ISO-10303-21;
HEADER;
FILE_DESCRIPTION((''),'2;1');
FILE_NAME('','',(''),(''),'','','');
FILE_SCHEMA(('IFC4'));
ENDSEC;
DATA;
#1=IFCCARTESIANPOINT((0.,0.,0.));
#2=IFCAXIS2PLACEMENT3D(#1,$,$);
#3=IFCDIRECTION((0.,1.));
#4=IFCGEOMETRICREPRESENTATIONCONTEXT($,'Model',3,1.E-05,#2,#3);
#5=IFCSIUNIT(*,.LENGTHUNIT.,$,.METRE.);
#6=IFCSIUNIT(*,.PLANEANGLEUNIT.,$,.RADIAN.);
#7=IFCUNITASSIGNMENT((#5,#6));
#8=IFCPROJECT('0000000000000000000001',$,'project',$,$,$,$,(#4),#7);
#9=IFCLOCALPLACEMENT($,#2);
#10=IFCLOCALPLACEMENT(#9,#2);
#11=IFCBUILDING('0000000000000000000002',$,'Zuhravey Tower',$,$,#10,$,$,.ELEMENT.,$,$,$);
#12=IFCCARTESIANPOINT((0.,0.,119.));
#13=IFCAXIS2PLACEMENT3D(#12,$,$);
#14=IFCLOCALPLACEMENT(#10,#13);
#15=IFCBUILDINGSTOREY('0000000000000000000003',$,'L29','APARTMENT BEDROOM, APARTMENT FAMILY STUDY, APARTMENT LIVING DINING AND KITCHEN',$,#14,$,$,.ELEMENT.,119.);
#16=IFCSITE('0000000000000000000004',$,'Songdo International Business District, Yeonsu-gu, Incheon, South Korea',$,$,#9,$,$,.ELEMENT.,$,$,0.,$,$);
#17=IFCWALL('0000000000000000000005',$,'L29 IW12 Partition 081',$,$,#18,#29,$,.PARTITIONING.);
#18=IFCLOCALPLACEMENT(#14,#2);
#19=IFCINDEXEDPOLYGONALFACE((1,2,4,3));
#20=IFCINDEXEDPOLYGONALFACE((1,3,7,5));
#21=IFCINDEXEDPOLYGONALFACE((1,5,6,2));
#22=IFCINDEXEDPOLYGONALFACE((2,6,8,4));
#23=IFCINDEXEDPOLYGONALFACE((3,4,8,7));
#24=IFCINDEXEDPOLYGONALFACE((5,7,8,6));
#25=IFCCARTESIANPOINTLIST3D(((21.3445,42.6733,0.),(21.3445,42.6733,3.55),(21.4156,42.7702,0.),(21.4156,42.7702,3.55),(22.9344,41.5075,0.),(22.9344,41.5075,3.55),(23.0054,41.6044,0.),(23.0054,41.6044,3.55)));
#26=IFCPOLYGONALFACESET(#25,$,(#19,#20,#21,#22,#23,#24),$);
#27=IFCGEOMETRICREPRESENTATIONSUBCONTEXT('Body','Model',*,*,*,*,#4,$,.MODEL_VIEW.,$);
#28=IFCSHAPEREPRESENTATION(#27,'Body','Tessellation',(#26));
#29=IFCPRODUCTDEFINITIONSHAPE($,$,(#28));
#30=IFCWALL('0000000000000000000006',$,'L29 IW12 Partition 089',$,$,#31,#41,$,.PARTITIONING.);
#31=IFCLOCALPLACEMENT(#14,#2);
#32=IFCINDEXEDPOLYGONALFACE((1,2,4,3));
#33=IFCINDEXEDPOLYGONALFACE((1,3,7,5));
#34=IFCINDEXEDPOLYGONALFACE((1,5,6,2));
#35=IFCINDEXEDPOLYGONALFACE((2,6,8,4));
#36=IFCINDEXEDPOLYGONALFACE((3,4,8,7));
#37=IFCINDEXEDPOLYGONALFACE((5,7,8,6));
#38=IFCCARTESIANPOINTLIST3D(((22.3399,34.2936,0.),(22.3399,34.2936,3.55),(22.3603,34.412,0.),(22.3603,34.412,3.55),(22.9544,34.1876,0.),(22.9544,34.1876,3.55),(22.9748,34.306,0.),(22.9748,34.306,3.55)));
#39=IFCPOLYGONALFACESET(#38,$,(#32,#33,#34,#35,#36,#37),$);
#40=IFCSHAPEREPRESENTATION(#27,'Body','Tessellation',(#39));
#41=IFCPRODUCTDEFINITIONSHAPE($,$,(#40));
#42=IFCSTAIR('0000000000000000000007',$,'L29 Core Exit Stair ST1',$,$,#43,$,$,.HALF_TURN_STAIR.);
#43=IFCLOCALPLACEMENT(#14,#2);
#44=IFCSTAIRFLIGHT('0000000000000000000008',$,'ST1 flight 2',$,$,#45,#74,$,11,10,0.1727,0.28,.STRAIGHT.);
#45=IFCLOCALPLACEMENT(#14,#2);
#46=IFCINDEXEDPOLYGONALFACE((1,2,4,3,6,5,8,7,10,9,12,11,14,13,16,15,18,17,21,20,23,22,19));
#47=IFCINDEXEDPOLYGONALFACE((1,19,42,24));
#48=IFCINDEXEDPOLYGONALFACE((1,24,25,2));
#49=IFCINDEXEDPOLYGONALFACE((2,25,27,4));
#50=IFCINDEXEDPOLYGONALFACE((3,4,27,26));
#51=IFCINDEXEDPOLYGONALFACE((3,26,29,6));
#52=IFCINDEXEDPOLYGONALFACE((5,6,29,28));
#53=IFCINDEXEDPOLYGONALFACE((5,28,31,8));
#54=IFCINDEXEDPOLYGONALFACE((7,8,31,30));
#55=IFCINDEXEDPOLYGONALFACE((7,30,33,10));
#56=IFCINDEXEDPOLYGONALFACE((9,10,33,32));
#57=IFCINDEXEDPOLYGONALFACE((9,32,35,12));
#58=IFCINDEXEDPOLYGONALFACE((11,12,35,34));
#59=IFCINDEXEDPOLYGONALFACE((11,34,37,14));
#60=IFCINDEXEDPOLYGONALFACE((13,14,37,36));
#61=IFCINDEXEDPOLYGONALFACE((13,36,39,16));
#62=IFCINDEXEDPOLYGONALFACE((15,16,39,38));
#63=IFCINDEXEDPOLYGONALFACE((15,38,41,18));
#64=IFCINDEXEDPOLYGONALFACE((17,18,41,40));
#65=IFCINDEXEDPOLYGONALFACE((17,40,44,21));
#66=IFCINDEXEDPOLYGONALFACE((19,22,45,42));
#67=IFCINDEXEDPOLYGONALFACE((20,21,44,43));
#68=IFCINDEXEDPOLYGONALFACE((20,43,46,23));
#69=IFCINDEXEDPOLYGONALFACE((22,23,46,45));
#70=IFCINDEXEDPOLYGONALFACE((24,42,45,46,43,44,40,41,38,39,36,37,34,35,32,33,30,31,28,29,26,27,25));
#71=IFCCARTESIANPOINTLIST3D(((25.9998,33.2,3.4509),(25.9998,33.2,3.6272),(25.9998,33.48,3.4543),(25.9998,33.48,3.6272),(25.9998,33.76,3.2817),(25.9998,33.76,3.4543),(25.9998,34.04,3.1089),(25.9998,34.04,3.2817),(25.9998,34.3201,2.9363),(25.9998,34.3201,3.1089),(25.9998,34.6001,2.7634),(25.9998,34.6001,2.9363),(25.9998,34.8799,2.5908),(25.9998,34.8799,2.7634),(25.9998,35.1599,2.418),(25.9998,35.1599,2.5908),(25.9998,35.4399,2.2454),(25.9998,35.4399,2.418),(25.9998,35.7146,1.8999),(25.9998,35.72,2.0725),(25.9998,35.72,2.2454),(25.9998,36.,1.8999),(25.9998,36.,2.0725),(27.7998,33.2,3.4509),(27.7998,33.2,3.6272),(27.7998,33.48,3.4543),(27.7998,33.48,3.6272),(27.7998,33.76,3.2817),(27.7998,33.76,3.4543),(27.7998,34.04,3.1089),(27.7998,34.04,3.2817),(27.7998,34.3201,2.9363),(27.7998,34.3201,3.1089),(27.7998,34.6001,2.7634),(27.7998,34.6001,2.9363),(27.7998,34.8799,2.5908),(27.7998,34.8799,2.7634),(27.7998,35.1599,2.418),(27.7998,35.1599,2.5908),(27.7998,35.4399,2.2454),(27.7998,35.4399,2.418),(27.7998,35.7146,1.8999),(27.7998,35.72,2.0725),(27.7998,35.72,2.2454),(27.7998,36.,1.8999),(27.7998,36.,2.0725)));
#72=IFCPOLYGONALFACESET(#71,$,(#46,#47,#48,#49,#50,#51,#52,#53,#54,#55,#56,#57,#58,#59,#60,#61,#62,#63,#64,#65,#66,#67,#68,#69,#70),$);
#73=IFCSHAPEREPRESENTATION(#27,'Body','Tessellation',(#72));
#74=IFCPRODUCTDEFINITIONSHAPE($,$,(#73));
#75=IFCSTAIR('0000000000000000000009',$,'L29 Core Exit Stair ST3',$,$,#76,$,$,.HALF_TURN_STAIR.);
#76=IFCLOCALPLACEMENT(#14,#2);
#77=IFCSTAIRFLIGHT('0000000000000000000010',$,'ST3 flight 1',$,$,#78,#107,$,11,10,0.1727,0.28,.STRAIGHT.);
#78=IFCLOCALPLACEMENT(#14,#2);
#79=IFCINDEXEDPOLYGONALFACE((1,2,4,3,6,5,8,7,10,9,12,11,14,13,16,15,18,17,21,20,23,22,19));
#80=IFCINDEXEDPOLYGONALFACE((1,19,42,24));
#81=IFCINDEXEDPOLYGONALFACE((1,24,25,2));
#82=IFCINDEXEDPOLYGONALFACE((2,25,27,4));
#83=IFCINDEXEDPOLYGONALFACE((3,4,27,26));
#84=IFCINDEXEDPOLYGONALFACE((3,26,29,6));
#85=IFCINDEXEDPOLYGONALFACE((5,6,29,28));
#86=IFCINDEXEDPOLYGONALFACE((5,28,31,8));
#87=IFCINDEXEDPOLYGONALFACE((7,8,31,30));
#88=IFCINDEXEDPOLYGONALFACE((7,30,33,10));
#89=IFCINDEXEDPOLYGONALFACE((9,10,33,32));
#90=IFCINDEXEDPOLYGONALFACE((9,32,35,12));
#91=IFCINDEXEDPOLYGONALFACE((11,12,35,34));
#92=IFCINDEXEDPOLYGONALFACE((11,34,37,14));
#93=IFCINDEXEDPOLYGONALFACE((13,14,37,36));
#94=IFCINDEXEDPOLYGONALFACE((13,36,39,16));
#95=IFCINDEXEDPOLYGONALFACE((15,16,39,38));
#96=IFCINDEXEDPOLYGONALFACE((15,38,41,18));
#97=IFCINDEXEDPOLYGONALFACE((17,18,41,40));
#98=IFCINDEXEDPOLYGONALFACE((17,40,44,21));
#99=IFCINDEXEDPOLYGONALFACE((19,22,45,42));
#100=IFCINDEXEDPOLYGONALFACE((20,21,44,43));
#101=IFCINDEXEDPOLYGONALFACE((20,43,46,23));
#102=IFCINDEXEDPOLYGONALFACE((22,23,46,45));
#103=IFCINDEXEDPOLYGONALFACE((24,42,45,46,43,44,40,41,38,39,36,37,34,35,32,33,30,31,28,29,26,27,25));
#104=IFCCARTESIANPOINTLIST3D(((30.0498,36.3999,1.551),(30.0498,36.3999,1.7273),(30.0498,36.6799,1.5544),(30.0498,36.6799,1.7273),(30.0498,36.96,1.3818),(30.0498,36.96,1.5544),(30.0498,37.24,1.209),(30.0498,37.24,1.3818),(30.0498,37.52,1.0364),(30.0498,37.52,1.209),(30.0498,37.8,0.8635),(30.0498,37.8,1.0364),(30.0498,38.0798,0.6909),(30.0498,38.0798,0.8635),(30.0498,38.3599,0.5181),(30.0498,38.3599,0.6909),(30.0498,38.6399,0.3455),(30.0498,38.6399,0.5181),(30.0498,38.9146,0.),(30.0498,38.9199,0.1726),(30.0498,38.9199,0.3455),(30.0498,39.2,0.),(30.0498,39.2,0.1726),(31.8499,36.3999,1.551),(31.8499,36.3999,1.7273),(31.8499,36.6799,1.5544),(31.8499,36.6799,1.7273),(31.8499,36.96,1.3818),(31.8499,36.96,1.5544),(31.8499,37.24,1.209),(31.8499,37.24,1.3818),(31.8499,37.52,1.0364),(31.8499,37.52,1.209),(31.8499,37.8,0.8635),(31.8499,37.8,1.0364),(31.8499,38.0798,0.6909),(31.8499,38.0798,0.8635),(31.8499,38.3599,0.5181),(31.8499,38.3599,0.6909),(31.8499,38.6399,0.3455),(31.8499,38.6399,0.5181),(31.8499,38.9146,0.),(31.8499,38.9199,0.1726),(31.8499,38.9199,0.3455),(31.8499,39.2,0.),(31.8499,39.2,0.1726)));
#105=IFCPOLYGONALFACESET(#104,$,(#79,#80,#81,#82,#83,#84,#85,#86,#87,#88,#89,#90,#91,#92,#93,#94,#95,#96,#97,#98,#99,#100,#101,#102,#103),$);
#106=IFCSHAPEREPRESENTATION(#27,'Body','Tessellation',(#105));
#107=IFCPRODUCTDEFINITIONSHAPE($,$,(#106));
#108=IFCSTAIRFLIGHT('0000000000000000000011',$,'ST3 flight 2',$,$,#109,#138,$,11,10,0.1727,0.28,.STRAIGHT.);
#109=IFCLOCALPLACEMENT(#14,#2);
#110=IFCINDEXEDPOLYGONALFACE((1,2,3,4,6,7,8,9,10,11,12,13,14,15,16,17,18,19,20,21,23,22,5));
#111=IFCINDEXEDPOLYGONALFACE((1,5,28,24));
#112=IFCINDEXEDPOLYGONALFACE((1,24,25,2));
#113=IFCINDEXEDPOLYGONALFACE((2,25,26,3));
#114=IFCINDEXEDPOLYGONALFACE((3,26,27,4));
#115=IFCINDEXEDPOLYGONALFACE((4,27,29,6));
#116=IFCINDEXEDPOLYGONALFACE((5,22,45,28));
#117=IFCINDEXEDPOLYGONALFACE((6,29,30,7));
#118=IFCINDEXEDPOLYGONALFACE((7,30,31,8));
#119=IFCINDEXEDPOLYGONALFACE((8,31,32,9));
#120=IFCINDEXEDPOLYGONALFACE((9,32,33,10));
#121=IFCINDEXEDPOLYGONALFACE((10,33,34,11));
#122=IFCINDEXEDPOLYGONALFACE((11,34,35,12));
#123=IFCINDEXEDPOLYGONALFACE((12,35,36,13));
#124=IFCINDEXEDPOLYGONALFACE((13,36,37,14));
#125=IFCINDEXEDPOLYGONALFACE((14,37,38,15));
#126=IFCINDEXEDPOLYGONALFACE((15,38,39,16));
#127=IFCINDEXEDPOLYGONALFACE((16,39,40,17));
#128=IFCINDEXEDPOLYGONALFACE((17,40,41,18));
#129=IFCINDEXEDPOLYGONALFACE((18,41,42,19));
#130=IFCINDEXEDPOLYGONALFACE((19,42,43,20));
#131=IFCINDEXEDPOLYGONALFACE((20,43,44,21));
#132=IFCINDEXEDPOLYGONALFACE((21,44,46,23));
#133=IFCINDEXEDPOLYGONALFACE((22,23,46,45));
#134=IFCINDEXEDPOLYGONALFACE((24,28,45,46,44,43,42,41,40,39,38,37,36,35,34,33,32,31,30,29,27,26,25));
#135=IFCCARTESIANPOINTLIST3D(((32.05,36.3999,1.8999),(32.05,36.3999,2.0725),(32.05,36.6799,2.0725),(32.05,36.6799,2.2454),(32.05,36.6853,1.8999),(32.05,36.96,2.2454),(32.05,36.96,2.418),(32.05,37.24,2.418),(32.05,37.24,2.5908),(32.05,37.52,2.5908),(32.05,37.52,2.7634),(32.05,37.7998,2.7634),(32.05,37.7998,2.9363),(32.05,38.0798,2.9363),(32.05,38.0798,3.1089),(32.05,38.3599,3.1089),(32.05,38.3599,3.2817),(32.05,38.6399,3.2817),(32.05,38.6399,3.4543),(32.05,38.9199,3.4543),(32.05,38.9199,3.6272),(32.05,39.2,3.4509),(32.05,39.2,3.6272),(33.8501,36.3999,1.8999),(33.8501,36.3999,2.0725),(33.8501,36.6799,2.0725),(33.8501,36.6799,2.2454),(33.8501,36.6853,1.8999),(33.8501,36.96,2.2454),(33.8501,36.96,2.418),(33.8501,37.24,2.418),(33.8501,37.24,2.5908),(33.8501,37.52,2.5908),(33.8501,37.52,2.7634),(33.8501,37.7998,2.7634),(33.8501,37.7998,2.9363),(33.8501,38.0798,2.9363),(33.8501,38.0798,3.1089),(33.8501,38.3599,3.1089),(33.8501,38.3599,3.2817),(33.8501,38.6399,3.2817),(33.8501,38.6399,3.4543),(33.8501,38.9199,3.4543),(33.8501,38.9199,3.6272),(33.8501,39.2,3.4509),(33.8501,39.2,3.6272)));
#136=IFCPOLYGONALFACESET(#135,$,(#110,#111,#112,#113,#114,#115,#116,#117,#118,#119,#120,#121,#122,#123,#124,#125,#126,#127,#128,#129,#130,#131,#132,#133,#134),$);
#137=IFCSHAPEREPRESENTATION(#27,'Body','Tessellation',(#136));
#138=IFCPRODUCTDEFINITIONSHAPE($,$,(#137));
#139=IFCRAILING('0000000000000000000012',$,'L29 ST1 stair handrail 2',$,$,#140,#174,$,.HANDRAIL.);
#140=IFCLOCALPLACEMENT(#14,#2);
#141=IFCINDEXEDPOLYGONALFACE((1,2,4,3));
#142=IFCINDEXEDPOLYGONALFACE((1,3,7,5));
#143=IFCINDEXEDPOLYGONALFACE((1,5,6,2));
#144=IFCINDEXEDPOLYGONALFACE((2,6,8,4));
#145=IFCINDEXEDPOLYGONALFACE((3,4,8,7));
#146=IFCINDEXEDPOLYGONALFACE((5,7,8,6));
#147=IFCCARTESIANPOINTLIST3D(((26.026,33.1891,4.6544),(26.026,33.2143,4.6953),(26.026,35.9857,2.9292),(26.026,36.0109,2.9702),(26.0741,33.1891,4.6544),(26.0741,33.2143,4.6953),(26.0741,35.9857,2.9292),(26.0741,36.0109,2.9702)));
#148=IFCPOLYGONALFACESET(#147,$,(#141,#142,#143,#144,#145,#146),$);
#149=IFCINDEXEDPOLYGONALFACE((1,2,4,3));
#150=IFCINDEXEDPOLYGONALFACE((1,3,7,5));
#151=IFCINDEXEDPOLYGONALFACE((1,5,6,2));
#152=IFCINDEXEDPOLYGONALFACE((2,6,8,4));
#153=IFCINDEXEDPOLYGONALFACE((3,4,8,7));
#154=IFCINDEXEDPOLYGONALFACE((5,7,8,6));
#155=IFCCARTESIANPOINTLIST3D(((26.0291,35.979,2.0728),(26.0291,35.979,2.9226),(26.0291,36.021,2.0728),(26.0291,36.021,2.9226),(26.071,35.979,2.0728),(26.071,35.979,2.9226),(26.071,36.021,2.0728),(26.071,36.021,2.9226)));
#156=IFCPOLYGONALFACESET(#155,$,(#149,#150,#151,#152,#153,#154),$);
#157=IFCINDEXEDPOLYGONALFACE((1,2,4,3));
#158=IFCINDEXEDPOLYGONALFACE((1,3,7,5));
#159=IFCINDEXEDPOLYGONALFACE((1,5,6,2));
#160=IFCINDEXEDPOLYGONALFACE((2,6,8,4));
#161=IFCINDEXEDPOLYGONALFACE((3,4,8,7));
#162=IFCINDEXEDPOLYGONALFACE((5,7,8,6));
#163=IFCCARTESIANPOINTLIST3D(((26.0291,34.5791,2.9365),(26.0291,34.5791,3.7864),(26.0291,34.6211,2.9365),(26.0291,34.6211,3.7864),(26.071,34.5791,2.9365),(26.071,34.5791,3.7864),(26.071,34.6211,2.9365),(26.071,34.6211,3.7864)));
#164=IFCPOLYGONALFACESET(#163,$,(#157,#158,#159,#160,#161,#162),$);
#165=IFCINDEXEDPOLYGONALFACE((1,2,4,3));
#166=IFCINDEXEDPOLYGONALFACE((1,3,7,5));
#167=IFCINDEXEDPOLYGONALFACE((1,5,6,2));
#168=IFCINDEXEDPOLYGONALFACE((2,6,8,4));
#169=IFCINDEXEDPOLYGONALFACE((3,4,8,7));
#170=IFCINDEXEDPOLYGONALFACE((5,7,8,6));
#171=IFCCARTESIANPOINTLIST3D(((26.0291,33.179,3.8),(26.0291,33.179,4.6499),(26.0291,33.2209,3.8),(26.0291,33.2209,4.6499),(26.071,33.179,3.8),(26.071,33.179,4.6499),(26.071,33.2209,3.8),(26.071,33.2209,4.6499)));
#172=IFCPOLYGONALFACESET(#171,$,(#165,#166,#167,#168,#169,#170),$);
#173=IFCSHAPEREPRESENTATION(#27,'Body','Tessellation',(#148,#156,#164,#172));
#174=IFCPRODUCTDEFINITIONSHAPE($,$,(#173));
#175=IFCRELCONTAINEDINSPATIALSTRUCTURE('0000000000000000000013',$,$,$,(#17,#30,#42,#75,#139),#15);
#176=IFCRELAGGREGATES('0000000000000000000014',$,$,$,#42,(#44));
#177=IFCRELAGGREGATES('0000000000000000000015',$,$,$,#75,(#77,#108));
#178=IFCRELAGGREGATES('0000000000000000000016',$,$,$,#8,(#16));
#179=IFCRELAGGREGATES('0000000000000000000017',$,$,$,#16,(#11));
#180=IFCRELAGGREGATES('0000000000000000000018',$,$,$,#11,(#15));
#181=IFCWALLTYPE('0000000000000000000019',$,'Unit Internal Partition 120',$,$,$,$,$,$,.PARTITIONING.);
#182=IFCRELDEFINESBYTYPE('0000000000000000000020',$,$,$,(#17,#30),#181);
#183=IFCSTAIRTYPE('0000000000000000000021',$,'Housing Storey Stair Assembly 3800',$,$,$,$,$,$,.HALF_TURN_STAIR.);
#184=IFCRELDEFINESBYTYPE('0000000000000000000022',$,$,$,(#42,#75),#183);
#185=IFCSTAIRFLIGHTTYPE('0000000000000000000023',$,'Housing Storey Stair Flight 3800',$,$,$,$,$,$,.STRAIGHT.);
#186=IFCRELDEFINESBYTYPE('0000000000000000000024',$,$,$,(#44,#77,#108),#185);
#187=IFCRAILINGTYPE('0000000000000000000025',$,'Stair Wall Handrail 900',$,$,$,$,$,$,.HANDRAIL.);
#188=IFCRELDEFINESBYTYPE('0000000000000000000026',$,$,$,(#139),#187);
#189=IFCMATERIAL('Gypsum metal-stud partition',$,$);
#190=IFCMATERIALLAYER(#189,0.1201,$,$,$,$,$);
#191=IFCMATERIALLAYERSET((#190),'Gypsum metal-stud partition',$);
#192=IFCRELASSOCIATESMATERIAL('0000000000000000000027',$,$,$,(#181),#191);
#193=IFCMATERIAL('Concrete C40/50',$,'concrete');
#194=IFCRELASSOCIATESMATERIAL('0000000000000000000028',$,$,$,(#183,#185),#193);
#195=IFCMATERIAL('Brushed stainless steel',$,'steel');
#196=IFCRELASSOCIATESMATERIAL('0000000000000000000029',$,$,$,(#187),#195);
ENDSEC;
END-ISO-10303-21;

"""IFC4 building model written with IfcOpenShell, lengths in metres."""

from ifc_helpers import new_model, si_unit, direction, frame, frame_2d, origin, origin_2d, place, context, subcontext, project, spatial, polyline, rectangle, outline, extrude, material, layer, layer_set, type_object, element, aggregate, save


model = new_model("IFC4")

# Units and contexts
model_context = context("Model", 3, precision=1e-05, world=origin(), true_north=direction((0.0, 1.0)))
body_context = subcontext(model_context, "Body", "Model", "MODEL_VIEW")
ifc_project = project(units=[si_unit("LENGTHUNIT", "METRE"), si_unit("PLANEANGLEUNIT", "RADIAN")], contexts=[model_context])

# Site, building, storey
site_placement = place(None, origin())
site = spatial("IfcSite", under=ifc_project, at=site_placement, Name="Songdo International Business District, Yeonsu-gu, Incheon, South Korea", CompositionType="ELEMENT", RefElevation=0.0)
building_placement = place(site_placement, origin())
building = spatial("IfcBuilding", under=site, at=building_placement, Name="Zuhravey Tower", CompositionType="ELEMENT")
storey_placement = place(building_placement, frame((0.0, 0.0, 119.0)))
storey = spatial("IfcBuildingStorey", under=building, at=storey_placement, Name="L29", Description="APARTMENT BEDROOM, APARTMENT FAMILY STUDY, APARTMENT LIVING DINING AND KITCHEN", CompositionType="ELEMENT", Elevation=119.0)

# Walls
ifc_material_1 = material(Name="Gypsum metal-stud partition")
ifc_layer_1 = layer(ifc_material_1, 0.1201)
ifc_layer_set_1 = layer_set([ifc_layer_1], Name="Gypsum metal-stud partition")
wall_type_1 = type_object("IfcWallType", Name="Unit Internal Partition 120", PredefinedType="PARTITIONING", material=ifc_layer_set_1)
wall_1_placement = place(storey_placement, frame((22.97, 41.5559, 0.0), z_axis=(0.0, 0.0, 1.0), x_axis=(-0.806433, 0.591326, 0.0)))
element("IfcWall", 1, at=wall_1_placement, inside=storey, type_object=wall_type_1, Name="L29 IW12 Partition 081", PredefinedType="PARTITIONING", context=body_context, shape_type="SweptSolid", body=[
    extrude(rectangle(XDim=1.9714, YDim=0.1201, at=frame_2d((0.9858, 0.0))), origin(), (0.0, 0.0, 1.0), 3.55),
])
wall_2_placement = place(storey_placement, frame((22.9646, 34.2468, 0.0), z_axis=(0.0, 0.0, 1.0), x_axis=(-0.985458, 0.16992, 0.0)))
element("IfcWall", 2, at=wall_2_placement, inside=storey, type_object=wall_type_1, Name="L29 IW12 Partition 089", PredefinedType="PARTITIONING", context=body_context, shape_type="SweptSolid", body=[
    extrude(rectangle(XDim=0.6235, YDim=0.1201, at=frame_2d((0.3118, 0.0))), origin(), (0.0, 0.0, 1.0), 3.55),
])

# Stair, stair flight
ifc_material_2 = material(Name="Concrete C40/50", Category="concrete")
stair_type = type_object("IfcStairType", Name="Housing Storey Stair Assembly 3800", PredefinedType="HALF_TURN_STAIR", material=ifc_material_2)
stair_1_placement = place(storey_placement, origin())
stair_1 = element("IfcStair", 3, at=stair_1_placement, inside=storey, type_object=stair_type, Name="L29 Core Exit Stair ST1", PredefinedType="HALF_TURN_STAIR")
stair_flight_type = type_object("IfcStairFlightType", Name="Housing Storey Stair Flight 3800", PredefinedType="STRAIGHT", material=ifc_material_2)
stair_flight_1_placement = place(storey_placement, frame((26.8999, 36.0, 1.8999), z_axis=(0.0, 0.0, 1.0), x_axis=(0.0, -1.0, 0.0)))
stair_flight_1 = element("IfcStairFlight", 4, at=stair_flight_1_placement, type_object=stair_flight_type, Name="ST1 flight 2", NumberOfRisers=11, NumberOfTreads=10, PredefinedType="STRAIGHT", RiserHeight=0.1727, TreadLength=0.28, context=body_context, shape_type="SweptSolid", body=[
    extrude(outline(polyline([(0.0, 0.0), (0.0, 0.1726), (0.28, 0.1726), (0.28, 0.3455), (0.5601, 0.3455), (0.5601, 0.5181), (0.8401, 0.5181), (0.8401, 0.6909), (1.1201, 0.6909), (1.1201, 0.8635), (1.3999, 0.8635), (1.3999, 1.0364), (1.6799, 1.0364), (1.6799, 1.209), (1.96, 1.209), (1.96, 1.3818), (2.24, 1.3818), (2.24, 1.5544), (2.52, 1.5544), (2.52, 1.7273), (2.8, 1.7273), (2.8, 1.8999), (2.8, 1.551), (0.2854, 0.0), (0.0, 0.0)])), frame((0.0, 0.8999, 0.0), z_axis=(0.0, -1.0, 0.0), x_axis=(1.0, 0.0, 0.0)), (0.0, 0.0, 1.0), 1.8),
])
aggregate(stair_1, [stair_flight_1])

# Stair, stair flights
stair_2_placement = place(storey_placement, origin())
stair_2 = element("IfcStair", 5, at=stair_2_placement, inside=storey, type_object=stair_type, Name="L29 Core Exit Stair ST3", PredefinedType="HALF_TURN_STAIR")
stair_flight_2_placement = place(storey_placement, frame((30.95, 39.2, 0.0), z_axis=(0.0, 0.0, 1.0), x_axis=(0.0, -1.0, 0.0)))
stair_flight_2 = element("IfcStairFlight", 6, at=stair_flight_2_placement, type_object=stair_flight_type, Name="ST3 flight 1", NumberOfRisers=11, NumberOfTreads=10, PredefinedType="STRAIGHT", RiserHeight=0.1727, TreadLength=0.28, context=body_context, shape_type="SweptSolid", body=[
    extrude(outline(polyline([(0.0, 0.0), (0.0, 0.1726), (0.28, 0.1726), (0.28, 0.3455), (0.5601, 0.3455), (0.5601, 0.5181), (0.8401, 0.5181), (0.8401, 0.6909), (1.1201, 0.6909), (1.1201, 0.8635), (1.3999, 0.8635), (1.3999, 1.0364), (1.6799, 1.0364), (1.6799, 1.209), (1.96, 1.209), (1.96, 1.3818), (2.24, 1.3818), (2.24, 1.5544), (2.52, 1.5544), (2.52, 1.7273), (2.8, 1.7273), (2.8, 1.8999), (2.8, 1.551), (0.2854, 0.0), (0.0, 0.0)])), frame((0.0, 0.8999, 0.0), z_axis=(0.0, -1.0, 0.0), x_axis=(1.0, 0.0, 0.0)), (0.0, 0.0, 1.0), 1.8),
])
stair_flight_3_placement = place(storey_placement, frame((32.95, 36.3999, 1.8999), z_axis=(0.0, 0.0, 1.0), x_axis=(0.0, 1.0, 0.0)))
stair_flight_3 = element("IfcStairFlight", 7, at=stair_flight_3_placement, type_object=stair_flight_type, Name="ST3 flight 2", NumberOfRisers=11, NumberOfTreads=10, PredefinedType="STRAIGHT", RiserHeight=0.1727, TreadLength=0.28, context=body_context, shape_type="SweptSolid", body=[
    extrude(outline(polyline([(0.0, 0.0), (0.0, 0.1726), (0.28, 0.1726), (0.28, 0.3455), (0.5601, 0.3455), (0.5601, 0.5181), (0.8401, 0.5181), (0.8401, 0.6909), (1.1201, 0.6909), (1.1201, 0.8635), (1.3999, 0.8635), (1.3999, 1.0364), (1.6799, 1.0364), (1.6799, 1.209), (1.96, 1.209), (1.96, 1.3818), (2.24, 1.3818), (2.24, 1.5544), (2.52, 1.5544), (2.52, 1.7273), (2.8, 1.7273), (2.8, 1.8999), (2.8, 1.551), (0.2854, 0.0), (0.0, 0.0)])), frame((0.0, 0.8999, 0.0), z_axis=(0.0, -1.0, 0.0), x_axis=(1.0, 0.0, 0.0)), (0.0, 0.0, 1.0), 1.8),
])
aggregate(stair_2, [stair_flight_2, stair_flight_3])

# Railing
ifc_material_3 = material(Name="Brushed stainless steel", Category="steel")
railing_type_1 = type_object("IfcRailingType", Name="Stair Wall Handrail 900", PredefinedType="HANDRAIL", material=ifc_material_3)
for number, where, name in (
    (8, (26.05, 36.0, 2.0728), "L29 ST1 stair handrail 2"),
):
    element("IfcRailing", number, at=place(storey_placement, frame(where)), inside=storey, type_object=railing_type_1, Name=name, PredefinedType="HANDRAIL", context=body_context, shape_type="SweptSolid", body=[
        extrude(rectangle(XDim=0.0481, YDim=0.0481, at=origin_2d()), frame((0.0, -0.0017, 0.877), z_axis=(0.0, -0.85109, 0.52502), x_axis=(1.0, 0.0, 0.0)), (0.0, 0.0, 1.0), 3.2859),
        extrude(rectangle(XDim=0.042, YDim=0.042, at=origin_2d()), origin(), (0.0, 0.0, 1.0), 0.8499),
        extrude(rectangle(XDim=0.042, YDim=0.042, at=origin_2d()), frame((0.0, -1.3999, 0.8638)), (0.0, 0.0, 1.0), 0.8499),
        extrude(rectangle(XDim=0.042, YDim=0.042, at=origin_2d()), frame((0.0, -2.8, 1.7273)), (0.0, 0.0, 1.0), 0.8499),
    ])

save(model, "model.ifc")
